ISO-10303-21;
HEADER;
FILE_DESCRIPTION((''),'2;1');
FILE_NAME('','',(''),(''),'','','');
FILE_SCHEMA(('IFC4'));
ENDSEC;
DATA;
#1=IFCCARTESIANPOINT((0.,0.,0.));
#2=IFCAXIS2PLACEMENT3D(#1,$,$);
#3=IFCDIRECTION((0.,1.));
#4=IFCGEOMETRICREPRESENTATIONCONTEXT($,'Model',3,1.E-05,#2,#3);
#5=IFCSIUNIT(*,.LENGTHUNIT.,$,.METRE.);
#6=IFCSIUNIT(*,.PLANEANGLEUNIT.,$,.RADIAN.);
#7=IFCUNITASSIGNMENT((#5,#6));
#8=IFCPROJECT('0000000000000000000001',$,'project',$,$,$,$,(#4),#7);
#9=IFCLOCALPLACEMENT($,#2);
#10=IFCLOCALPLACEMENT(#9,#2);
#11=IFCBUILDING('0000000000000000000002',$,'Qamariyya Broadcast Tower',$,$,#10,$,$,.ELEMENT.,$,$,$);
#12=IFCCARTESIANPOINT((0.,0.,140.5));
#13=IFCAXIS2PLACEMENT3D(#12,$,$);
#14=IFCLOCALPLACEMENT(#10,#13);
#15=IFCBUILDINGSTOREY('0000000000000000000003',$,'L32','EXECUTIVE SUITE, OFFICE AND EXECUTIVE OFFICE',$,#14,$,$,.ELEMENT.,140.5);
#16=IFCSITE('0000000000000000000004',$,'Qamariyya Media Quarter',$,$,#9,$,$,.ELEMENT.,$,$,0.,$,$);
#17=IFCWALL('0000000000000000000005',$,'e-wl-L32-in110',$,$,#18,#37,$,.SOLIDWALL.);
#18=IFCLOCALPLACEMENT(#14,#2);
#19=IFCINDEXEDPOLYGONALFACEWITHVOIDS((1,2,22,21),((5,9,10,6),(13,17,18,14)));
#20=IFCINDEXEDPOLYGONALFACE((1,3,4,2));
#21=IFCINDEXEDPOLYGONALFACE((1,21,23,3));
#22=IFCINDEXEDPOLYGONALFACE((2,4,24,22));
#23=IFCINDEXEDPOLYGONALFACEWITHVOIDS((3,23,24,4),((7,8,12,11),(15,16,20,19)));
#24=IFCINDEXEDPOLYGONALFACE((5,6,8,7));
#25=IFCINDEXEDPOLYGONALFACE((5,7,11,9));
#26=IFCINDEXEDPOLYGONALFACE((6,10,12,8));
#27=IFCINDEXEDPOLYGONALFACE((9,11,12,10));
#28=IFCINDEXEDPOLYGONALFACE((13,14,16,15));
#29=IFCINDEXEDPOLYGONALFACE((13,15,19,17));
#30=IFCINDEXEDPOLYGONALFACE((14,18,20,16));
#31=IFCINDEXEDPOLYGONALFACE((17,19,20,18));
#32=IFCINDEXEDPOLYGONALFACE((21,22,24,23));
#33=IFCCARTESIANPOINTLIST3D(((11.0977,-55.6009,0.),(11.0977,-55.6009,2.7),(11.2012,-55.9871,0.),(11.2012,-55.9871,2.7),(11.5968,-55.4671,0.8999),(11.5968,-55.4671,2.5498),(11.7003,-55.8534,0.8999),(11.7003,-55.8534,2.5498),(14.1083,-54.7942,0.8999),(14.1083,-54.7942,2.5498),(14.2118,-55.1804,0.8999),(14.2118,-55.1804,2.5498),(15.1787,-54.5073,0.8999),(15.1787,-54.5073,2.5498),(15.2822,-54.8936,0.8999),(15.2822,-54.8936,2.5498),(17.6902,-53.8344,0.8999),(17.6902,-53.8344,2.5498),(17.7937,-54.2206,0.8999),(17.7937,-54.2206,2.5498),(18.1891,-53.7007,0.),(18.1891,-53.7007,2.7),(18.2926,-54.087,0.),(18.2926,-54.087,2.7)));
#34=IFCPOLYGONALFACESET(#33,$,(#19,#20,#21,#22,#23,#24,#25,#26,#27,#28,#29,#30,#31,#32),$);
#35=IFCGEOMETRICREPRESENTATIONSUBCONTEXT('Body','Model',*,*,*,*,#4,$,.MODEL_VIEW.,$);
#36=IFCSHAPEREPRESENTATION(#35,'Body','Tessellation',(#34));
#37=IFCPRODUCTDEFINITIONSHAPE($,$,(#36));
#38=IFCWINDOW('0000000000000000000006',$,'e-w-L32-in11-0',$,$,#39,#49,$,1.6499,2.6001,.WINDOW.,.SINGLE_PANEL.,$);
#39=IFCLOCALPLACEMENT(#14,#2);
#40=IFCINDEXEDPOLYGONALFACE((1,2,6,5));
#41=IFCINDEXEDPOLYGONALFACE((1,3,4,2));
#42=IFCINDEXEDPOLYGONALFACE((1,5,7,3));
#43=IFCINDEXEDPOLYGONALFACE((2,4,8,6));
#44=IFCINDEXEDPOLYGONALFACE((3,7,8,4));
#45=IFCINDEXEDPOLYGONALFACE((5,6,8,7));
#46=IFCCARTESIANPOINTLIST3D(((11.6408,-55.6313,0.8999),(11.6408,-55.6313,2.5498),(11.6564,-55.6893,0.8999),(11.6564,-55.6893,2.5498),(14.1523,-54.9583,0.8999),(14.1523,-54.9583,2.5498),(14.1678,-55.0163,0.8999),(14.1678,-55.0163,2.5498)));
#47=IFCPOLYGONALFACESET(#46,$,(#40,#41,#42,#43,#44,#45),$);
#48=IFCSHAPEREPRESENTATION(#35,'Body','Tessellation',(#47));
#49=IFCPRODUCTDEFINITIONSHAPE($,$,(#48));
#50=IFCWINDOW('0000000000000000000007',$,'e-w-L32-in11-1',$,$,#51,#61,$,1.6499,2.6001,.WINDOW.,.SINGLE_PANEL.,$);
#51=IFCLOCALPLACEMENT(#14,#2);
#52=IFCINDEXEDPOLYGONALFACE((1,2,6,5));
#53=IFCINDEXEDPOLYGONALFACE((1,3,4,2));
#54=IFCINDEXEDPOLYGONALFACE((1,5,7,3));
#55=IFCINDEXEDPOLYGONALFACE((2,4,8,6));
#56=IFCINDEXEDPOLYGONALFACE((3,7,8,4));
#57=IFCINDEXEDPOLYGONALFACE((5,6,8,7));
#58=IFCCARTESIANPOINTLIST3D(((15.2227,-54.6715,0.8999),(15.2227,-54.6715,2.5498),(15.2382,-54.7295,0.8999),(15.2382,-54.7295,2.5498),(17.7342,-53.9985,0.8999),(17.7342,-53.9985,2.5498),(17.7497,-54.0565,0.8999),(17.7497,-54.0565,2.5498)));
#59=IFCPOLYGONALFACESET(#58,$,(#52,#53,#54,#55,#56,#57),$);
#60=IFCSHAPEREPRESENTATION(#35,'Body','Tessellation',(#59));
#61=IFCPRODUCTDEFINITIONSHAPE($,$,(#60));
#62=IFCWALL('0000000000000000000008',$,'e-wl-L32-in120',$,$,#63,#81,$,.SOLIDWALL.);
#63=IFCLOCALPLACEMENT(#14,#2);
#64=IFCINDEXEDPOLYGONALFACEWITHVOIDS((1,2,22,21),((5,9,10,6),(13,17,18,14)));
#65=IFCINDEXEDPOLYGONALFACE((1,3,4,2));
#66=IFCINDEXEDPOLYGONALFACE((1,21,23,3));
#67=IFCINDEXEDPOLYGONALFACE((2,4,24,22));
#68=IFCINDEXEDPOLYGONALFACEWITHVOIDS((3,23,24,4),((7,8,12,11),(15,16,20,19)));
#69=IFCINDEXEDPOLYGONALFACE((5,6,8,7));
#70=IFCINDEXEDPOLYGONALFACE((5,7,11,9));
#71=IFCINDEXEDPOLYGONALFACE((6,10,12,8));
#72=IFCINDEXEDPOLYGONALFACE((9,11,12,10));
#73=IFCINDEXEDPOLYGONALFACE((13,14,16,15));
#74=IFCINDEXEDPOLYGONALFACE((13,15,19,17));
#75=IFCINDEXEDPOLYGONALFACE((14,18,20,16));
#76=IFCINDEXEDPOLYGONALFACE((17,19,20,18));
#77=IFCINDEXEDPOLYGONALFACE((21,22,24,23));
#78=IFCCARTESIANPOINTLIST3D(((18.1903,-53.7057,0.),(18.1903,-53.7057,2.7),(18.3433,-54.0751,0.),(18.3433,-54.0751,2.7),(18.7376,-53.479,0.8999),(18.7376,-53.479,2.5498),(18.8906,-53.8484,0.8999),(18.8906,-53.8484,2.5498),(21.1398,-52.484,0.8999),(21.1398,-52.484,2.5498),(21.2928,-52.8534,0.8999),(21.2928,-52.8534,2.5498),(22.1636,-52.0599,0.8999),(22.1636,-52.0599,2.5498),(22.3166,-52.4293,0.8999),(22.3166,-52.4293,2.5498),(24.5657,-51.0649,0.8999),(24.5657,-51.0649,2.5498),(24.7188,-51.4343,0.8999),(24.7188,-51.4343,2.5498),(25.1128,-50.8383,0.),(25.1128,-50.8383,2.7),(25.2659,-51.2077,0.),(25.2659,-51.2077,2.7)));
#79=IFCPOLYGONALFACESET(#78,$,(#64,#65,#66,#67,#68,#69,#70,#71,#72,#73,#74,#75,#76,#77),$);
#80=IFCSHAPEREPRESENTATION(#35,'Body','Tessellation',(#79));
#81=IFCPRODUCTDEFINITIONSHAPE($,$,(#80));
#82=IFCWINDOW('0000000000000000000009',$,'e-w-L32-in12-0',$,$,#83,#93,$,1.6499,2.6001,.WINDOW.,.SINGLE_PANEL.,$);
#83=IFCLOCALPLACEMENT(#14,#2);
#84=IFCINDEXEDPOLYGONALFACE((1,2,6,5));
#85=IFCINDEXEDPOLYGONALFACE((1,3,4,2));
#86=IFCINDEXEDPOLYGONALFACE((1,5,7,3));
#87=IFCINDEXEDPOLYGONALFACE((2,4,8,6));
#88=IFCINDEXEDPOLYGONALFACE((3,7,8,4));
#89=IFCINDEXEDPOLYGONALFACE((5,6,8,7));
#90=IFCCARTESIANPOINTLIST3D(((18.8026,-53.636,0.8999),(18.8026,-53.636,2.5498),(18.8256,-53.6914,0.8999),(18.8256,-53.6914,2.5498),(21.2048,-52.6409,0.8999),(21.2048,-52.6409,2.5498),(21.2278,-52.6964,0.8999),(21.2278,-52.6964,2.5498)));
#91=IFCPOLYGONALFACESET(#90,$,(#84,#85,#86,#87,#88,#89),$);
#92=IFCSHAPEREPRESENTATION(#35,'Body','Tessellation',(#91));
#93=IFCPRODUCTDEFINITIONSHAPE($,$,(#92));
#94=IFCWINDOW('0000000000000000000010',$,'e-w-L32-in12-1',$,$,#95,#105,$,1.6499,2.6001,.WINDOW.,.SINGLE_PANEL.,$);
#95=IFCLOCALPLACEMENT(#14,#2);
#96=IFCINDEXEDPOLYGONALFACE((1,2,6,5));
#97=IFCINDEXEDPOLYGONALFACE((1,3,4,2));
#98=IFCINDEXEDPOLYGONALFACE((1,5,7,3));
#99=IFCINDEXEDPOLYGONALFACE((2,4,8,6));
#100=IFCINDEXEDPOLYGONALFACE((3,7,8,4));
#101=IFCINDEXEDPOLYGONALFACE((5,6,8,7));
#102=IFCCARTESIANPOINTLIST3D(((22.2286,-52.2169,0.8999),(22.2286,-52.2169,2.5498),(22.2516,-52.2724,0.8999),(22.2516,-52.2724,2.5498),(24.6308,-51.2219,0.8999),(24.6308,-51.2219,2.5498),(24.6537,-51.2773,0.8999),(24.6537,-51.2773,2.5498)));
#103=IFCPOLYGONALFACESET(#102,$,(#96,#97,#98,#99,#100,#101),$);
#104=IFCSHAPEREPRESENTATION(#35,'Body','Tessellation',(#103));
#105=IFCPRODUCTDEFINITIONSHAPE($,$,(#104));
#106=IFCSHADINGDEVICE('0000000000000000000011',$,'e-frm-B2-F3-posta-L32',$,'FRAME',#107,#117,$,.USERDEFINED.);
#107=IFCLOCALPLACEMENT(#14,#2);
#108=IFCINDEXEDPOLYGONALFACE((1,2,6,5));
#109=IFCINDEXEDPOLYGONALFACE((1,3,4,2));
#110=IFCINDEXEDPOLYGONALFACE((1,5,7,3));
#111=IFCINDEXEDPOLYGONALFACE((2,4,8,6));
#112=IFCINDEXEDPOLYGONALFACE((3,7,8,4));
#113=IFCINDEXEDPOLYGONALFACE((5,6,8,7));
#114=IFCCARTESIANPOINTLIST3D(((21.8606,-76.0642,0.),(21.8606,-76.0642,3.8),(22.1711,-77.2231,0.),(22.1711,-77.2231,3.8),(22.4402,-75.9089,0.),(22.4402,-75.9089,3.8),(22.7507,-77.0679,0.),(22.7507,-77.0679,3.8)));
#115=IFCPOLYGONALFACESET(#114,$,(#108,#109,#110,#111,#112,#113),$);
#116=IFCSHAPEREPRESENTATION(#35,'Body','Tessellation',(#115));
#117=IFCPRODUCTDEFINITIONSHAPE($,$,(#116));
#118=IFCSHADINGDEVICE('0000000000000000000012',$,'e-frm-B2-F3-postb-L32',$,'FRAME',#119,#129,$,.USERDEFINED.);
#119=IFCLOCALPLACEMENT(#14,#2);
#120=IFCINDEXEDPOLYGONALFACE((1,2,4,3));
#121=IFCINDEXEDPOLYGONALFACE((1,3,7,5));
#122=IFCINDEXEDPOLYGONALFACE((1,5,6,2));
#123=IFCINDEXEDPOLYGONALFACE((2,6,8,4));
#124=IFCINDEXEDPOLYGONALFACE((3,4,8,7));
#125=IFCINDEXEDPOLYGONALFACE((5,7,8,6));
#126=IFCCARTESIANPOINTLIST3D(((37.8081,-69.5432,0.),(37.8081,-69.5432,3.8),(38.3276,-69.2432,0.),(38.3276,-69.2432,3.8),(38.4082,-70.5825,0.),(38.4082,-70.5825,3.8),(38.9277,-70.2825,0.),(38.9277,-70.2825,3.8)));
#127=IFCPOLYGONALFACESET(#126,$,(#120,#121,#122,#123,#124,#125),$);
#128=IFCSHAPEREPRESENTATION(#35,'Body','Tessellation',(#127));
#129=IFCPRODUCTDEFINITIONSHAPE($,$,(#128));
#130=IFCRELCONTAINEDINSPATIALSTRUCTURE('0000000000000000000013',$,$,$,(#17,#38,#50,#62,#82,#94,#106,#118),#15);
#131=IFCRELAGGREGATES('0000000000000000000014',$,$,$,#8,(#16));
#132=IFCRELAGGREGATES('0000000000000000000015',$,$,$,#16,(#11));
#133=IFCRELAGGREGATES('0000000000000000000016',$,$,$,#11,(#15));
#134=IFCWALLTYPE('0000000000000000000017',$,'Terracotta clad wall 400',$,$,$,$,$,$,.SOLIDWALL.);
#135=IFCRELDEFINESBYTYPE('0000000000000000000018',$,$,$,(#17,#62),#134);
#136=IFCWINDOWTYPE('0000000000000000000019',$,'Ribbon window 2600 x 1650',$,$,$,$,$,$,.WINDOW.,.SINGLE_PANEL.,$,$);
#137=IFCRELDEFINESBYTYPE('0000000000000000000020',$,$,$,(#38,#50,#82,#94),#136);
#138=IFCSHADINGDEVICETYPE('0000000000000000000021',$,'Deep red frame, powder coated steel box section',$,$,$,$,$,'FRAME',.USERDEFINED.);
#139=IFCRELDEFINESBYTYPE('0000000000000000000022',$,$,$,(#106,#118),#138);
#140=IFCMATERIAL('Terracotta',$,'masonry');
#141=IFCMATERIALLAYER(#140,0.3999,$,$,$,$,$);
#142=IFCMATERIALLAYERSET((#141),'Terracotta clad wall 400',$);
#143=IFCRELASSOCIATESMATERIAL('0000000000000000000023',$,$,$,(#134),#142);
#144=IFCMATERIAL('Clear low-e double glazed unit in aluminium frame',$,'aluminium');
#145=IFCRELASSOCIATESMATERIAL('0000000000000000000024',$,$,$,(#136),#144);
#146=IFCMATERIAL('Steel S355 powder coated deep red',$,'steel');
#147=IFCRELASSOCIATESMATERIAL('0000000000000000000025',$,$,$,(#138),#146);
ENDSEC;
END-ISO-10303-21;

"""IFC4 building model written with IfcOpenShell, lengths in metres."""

from ifc_helpers import new_model, si_unit, direction, frame, frame_2d, origin, place, context, subcontext, project, spatial, polyline, rectangle, outline, extrude, material, layer, layer_set, type_object, element, fill, save


model = new_model("IFC4")

# Units and contexts
model_context = context("Model", 3, precision=1e-05, world=origin(), true_north=direction((0.0, 1.0)))
body_context = subcontext(model_context, "Body", "Model", "MODEL_VIEW")
ifc_project = project(units=[si_unit("LENGTHUNIT", "METRE"), si_unit("PLANEANGLEUNIT", "RADIAN")], contexts=[model_context])

# Site, building, storey
site_placement = place(None, origin())
site = spatial("IfcSite", under=ifc_project, at=site_placement, Name="Qamariyya Media Quarter", CompositionType="ELEMENT", RefElevation=0.0)
building_placement = place(site_placement, origin())
building = spatial("IfcBuilding", under=site, at=building_placement, Name="Qamariyya Broadcast Tower", CompositionType="ELEMENT")
storey_placement = place(building_placement, frame((0.0, 0.0, 140.5)))
storey = spatial("IfcBuildingStorey", under=building, at=storey_placement, Name="L32", Description="EXECUTIVE SUITE, OFFICE AND EXECUTIVE OFFICE", CompositionType="ELEMENT", Elevation=140.5)

# Walls, openings, windows
ifc_material_1 = material(Name="Terracotta", Category="masonry")
ifc_layer_1 = layer(ifc_material_1, 0.3999)
ifc_layer_set_1 = layer_set([ifc_layer_1], Name="Terracotta clad wall 400")
wall_type_1 = type_object("IfcWallType", Name="Terracotta clad wall 400", PredefinedType="SOLIDWALL", material=ifc_layer_set_1)
ifc_material_2 = material(Name="Clear low-e double glazed unit in aluminium frame", Category="aluminium")
window_type = type_object("IfcWindowType", Name="Ribbon window 2600 x 1650", PartitioningType="SINGLE_PANEL", PredefinedType="WINDOW", material=ifc_material_2)
wall_1_placement = place(storey_placement, frame((18.241, -53.8938, 0.0), z_axis=(0.0, 0.0, 1.0), x_axis=(-0.965925, -0.258824, 0.0)))
wall_1 = element("IfcWall", 1, at=wall_1_placement, inside=storey, type_object=wall_type_1, Name="e-wl-L32-in110", PredefinedType="SOLIDWALL", context=body_context, shape_type="SweptSolid", body=[
    extrude(rectangle(XDim=7.3416, YDim=0.3999, at=frame_2d((3.6709, 0.0))), origin(), (0.0, 0.0, 1.0), 2.7),
])
opening_1_placement = place(wall_1_placement, frame((4.2249, 0.0, 0.8999)))
opening_1 = element("IfcOpeningElement", 2, at=opening_1_placement, cuts=wall_1, PredefinedType="OPENING", context=body_context, shape_type="SweptSolid", body=[
    extrude(rectangle(XDim=2.6001, YDim=1.6499, at=frame_2d((1.3, 0.825))), frame((0.0, 0.21, 0.0), z_axis=(0.0, -1.0, 0.0), x_axis=(1.0, 0.0, 0.0)), (0.0, 0.0, 1.0), 0.4199),
])
opening_2_placement = place(wall_1_placement, frame((0.5166, 0.0, 0.8999)))
opening_2 = element("IfcOpeningElement", 3, at=opening_2_placement, cuts=wall_1, PredefinedType="OPENING", context=body_context, shape_type="SweptSolid", body=[
    extrude(rectangle(XDim=2.6001, YDim=1.6499, at=frame_2d((1.3, 0.825))), frame((0.0, 0.21, 0.0), z_axis=(0.0, -1.0, 0.0), x_axis=(1.0, 0.0, 0.0)), (0.0, 0.0, 1.0), 0.4199),
])
window_1_placement = place(opening_1_placement, origin())
window_1 = element("IfcWindow", 4, at=window_1_placement, inside=storey, type_object=window_type, Name="e-w-L32-in11-0", OverallHeight=1.6499, OverallWidth=2.6001, PartitioningType="SINGLE_PANEL", PredefinedType="WINDOW", context=body_context, shape_type="SweptSolid", body=[
    extrude(rectangle(XDim=2.6001, YDim=1.6499, at=frame_2d((1.3, 0.825))), frame((0.0, 0.03, 0.0), z_axis=(0.0, -1.0, 0.0), x_axis=(1.0, 0.0, 0.0)), (0.0, 0.0, 1.0), 0.0601),
])
fill(opening_1, window_1)
window_2_placement = place(opening_2_placement, origin())
window_2 = element("IfcWindow", 5, at=window_2_placement, inside=storey, type_object=window_type, Name="e-w-L32-in11-1", OverallHeight=1.6499, OverallWidth=2.6001, PartitioningType="SINGLE_PANEL", PredefinedType="WINDOW", context=body_context, shape_type="SweptSolid", body=[
    extrude(rectangle(XDim=2.6001, YDim=1.6499, at=frame_2d((1.3, 0.825))), frame((0.0, 0.03, 0.0), z_axis=(0.0, -1.0, 0.0), x_axis=(1.0, 0.0, 0.0)), (0.0, 0.0, 1.0), 0.0601),
])
fill(opening_2, window_2)
wall_2_placement = place(storey_placement, frame((25.1895, -51.0229, 0.0), z_axis=(0.0, 0.0, 1.0), x_axis=(-0.92388, -0.382683, 0.0)))
wall_2 = element("IfcWall", 6, at=wall_2_placement, inside=storey, type_object=wall_type_1, Name="e-wl-L32-in120", PredefinedType="SOLIDWALL", context=body_context, shape_type="SweptSolid", body=[
    extrude(rectangle(XDim=7.4929, YDim=0.3999, at=frame_2d((3.7466, 0.0))), origin(), (0.0, 0.0, 1.0), 2.7),
])
opening_3_placement = place(wall_2_placement, frame((4.3005, 0.0, 0.8999)))
opening_3 = element("IfcOpeningElement", 7, at=opening_3_placement, cuts=wall_2, PredefinedType="OPENING", context=body_context, shape_type="SweptSolid", body=[
    extrude(rectangle(XDim=2.6001, YDim=1.6499, at=frame_2d((1.3, 0.825))), frame((0.0, 0.21, 0.0), z_axis=(0.0, -1.0, 0.0), x_axis=(1.0, 0.0, 0.0)), (0.0, 0.0, 1.0), 0.4199),
])
opening_4_placement = place(wall_2_placement, frame((0.5923, 0.0, 0.8999)))
opening_4 = element("IfcOpeningElement", 8, at=opening_4_placement, cuts=wall_2, PredefinedType="OPENING", context=body_context, shape_type="SweptSolid", body=[
    extrude(rectangle(XDim=2.6001, YDim=1.6499, at=frame_2d((1.3, 0.825))), frame((0.0, 0.21, 0.0), z_axis=(0.0, -1.0, 0.0), x_axis=(1.0, 0.0, 0.0)), (0.0, 0.0, 1.0), 0.4199),
])
window_3_placement = place(opening_3_placement, origin())
window_3 = element("IfcWindow", 9, at=window_3_placement, inside=storey, type_object=window_type, Name="e-w-L32-in12-0", OverallHeight=1.6499, OverallWidth=2.6001, PartitioningType="SINGLE_PANEL", PredefinedType="WINDOW", context=body_context, shape_type="SweptSolid", body=[
    extrude(rectangle(XDim=2.6001, YDim=1.6499, at=frame_2d((1.3, 0.825))), frame((0.0, 0.03, 0.0), z_axis=(0.0, -1.0, 0.0), x_axis=(1.0, 0.0, 0.0)), (0.0, 0.0, 1.0), 0.0601),
])
fill(opening_3, window_3)
window_4_placement = place(opening_4_placement, origin())
window_4 = element("IfcWindow", 10, at=window_4_placement, inside=storey, type_object=window_type, Name="e-w-L32-in12-1", OverallHeight=1.6499, OverallWidth=2.6001, PartitioningType="SINGLE_PANEL", PredefinedType="WINDOW", context=body_context, shape_type="SweptSolid", body=[
    extrude(rectangle(XDim=2.6001, YDim=1.6499, at=frame_2d((1.3, 0.825))), frame((0.0, 0.03, 0.0), z_axis=(0.0, -1.0, 0.0), x_axis=(1.0, 0.0, 0.0)), (0.0, 0.0, 1.0), 0.0601),
])
fill(opening_4, window_4)

# Shading devices
ifc_material_3 = material(Name="Steel S355 powder coated deep red", Category="steel")
shading_device_type = type_object("IfcShadingDeviceType", Name="Deep red frame, powder coated steel box section", ElementType="FRAME", PredefinedType="USERDEFINED", material=ifc_material_3)
shading_device_1_placement = place(storey_placement, origin())
element("IfcShadingDevice", 11, at=shading_device_1_placement, inside=storey, type_object=shading_device_type, Name="e-frm-B2-F3-posta-L32", ObjectType="FRAME", PredefinedType="USERDEFINED", context=body_context, shape_type="SweptSolid", body=[
    extrude(outline(polyline([(21.8606, -76.0642), (22.1711, -77.2231), (22.7507, -77.0679), (22.4402, -75.9089), (21.8606, -76.0642)])), origin(), (0.0, 0.0, 1.0), 3.8),
])
shading_device_2_placement = place(storey_placement, origin())
element("IfcShadingDevice", 12, at=shading_device_2_placement, inside=storey, type_object=shading_device_type, Name="e-frm-B2-F3-postb-L32", ObjectType="FRAME", PredefinedType="USERDEFINED", context=body_context, shape_type="SweptSolid", body=[
    extrude(outline(polyline([(37.8081, -69.5432), (38.4082, -70.5825), (38.9277, -70.2825), (38.3276, -69.2432), (37.8081, -69.5432)])), origin(), (0.0, 0.0, 1.0), 3.8),
])

save(model, "model.ifc")
